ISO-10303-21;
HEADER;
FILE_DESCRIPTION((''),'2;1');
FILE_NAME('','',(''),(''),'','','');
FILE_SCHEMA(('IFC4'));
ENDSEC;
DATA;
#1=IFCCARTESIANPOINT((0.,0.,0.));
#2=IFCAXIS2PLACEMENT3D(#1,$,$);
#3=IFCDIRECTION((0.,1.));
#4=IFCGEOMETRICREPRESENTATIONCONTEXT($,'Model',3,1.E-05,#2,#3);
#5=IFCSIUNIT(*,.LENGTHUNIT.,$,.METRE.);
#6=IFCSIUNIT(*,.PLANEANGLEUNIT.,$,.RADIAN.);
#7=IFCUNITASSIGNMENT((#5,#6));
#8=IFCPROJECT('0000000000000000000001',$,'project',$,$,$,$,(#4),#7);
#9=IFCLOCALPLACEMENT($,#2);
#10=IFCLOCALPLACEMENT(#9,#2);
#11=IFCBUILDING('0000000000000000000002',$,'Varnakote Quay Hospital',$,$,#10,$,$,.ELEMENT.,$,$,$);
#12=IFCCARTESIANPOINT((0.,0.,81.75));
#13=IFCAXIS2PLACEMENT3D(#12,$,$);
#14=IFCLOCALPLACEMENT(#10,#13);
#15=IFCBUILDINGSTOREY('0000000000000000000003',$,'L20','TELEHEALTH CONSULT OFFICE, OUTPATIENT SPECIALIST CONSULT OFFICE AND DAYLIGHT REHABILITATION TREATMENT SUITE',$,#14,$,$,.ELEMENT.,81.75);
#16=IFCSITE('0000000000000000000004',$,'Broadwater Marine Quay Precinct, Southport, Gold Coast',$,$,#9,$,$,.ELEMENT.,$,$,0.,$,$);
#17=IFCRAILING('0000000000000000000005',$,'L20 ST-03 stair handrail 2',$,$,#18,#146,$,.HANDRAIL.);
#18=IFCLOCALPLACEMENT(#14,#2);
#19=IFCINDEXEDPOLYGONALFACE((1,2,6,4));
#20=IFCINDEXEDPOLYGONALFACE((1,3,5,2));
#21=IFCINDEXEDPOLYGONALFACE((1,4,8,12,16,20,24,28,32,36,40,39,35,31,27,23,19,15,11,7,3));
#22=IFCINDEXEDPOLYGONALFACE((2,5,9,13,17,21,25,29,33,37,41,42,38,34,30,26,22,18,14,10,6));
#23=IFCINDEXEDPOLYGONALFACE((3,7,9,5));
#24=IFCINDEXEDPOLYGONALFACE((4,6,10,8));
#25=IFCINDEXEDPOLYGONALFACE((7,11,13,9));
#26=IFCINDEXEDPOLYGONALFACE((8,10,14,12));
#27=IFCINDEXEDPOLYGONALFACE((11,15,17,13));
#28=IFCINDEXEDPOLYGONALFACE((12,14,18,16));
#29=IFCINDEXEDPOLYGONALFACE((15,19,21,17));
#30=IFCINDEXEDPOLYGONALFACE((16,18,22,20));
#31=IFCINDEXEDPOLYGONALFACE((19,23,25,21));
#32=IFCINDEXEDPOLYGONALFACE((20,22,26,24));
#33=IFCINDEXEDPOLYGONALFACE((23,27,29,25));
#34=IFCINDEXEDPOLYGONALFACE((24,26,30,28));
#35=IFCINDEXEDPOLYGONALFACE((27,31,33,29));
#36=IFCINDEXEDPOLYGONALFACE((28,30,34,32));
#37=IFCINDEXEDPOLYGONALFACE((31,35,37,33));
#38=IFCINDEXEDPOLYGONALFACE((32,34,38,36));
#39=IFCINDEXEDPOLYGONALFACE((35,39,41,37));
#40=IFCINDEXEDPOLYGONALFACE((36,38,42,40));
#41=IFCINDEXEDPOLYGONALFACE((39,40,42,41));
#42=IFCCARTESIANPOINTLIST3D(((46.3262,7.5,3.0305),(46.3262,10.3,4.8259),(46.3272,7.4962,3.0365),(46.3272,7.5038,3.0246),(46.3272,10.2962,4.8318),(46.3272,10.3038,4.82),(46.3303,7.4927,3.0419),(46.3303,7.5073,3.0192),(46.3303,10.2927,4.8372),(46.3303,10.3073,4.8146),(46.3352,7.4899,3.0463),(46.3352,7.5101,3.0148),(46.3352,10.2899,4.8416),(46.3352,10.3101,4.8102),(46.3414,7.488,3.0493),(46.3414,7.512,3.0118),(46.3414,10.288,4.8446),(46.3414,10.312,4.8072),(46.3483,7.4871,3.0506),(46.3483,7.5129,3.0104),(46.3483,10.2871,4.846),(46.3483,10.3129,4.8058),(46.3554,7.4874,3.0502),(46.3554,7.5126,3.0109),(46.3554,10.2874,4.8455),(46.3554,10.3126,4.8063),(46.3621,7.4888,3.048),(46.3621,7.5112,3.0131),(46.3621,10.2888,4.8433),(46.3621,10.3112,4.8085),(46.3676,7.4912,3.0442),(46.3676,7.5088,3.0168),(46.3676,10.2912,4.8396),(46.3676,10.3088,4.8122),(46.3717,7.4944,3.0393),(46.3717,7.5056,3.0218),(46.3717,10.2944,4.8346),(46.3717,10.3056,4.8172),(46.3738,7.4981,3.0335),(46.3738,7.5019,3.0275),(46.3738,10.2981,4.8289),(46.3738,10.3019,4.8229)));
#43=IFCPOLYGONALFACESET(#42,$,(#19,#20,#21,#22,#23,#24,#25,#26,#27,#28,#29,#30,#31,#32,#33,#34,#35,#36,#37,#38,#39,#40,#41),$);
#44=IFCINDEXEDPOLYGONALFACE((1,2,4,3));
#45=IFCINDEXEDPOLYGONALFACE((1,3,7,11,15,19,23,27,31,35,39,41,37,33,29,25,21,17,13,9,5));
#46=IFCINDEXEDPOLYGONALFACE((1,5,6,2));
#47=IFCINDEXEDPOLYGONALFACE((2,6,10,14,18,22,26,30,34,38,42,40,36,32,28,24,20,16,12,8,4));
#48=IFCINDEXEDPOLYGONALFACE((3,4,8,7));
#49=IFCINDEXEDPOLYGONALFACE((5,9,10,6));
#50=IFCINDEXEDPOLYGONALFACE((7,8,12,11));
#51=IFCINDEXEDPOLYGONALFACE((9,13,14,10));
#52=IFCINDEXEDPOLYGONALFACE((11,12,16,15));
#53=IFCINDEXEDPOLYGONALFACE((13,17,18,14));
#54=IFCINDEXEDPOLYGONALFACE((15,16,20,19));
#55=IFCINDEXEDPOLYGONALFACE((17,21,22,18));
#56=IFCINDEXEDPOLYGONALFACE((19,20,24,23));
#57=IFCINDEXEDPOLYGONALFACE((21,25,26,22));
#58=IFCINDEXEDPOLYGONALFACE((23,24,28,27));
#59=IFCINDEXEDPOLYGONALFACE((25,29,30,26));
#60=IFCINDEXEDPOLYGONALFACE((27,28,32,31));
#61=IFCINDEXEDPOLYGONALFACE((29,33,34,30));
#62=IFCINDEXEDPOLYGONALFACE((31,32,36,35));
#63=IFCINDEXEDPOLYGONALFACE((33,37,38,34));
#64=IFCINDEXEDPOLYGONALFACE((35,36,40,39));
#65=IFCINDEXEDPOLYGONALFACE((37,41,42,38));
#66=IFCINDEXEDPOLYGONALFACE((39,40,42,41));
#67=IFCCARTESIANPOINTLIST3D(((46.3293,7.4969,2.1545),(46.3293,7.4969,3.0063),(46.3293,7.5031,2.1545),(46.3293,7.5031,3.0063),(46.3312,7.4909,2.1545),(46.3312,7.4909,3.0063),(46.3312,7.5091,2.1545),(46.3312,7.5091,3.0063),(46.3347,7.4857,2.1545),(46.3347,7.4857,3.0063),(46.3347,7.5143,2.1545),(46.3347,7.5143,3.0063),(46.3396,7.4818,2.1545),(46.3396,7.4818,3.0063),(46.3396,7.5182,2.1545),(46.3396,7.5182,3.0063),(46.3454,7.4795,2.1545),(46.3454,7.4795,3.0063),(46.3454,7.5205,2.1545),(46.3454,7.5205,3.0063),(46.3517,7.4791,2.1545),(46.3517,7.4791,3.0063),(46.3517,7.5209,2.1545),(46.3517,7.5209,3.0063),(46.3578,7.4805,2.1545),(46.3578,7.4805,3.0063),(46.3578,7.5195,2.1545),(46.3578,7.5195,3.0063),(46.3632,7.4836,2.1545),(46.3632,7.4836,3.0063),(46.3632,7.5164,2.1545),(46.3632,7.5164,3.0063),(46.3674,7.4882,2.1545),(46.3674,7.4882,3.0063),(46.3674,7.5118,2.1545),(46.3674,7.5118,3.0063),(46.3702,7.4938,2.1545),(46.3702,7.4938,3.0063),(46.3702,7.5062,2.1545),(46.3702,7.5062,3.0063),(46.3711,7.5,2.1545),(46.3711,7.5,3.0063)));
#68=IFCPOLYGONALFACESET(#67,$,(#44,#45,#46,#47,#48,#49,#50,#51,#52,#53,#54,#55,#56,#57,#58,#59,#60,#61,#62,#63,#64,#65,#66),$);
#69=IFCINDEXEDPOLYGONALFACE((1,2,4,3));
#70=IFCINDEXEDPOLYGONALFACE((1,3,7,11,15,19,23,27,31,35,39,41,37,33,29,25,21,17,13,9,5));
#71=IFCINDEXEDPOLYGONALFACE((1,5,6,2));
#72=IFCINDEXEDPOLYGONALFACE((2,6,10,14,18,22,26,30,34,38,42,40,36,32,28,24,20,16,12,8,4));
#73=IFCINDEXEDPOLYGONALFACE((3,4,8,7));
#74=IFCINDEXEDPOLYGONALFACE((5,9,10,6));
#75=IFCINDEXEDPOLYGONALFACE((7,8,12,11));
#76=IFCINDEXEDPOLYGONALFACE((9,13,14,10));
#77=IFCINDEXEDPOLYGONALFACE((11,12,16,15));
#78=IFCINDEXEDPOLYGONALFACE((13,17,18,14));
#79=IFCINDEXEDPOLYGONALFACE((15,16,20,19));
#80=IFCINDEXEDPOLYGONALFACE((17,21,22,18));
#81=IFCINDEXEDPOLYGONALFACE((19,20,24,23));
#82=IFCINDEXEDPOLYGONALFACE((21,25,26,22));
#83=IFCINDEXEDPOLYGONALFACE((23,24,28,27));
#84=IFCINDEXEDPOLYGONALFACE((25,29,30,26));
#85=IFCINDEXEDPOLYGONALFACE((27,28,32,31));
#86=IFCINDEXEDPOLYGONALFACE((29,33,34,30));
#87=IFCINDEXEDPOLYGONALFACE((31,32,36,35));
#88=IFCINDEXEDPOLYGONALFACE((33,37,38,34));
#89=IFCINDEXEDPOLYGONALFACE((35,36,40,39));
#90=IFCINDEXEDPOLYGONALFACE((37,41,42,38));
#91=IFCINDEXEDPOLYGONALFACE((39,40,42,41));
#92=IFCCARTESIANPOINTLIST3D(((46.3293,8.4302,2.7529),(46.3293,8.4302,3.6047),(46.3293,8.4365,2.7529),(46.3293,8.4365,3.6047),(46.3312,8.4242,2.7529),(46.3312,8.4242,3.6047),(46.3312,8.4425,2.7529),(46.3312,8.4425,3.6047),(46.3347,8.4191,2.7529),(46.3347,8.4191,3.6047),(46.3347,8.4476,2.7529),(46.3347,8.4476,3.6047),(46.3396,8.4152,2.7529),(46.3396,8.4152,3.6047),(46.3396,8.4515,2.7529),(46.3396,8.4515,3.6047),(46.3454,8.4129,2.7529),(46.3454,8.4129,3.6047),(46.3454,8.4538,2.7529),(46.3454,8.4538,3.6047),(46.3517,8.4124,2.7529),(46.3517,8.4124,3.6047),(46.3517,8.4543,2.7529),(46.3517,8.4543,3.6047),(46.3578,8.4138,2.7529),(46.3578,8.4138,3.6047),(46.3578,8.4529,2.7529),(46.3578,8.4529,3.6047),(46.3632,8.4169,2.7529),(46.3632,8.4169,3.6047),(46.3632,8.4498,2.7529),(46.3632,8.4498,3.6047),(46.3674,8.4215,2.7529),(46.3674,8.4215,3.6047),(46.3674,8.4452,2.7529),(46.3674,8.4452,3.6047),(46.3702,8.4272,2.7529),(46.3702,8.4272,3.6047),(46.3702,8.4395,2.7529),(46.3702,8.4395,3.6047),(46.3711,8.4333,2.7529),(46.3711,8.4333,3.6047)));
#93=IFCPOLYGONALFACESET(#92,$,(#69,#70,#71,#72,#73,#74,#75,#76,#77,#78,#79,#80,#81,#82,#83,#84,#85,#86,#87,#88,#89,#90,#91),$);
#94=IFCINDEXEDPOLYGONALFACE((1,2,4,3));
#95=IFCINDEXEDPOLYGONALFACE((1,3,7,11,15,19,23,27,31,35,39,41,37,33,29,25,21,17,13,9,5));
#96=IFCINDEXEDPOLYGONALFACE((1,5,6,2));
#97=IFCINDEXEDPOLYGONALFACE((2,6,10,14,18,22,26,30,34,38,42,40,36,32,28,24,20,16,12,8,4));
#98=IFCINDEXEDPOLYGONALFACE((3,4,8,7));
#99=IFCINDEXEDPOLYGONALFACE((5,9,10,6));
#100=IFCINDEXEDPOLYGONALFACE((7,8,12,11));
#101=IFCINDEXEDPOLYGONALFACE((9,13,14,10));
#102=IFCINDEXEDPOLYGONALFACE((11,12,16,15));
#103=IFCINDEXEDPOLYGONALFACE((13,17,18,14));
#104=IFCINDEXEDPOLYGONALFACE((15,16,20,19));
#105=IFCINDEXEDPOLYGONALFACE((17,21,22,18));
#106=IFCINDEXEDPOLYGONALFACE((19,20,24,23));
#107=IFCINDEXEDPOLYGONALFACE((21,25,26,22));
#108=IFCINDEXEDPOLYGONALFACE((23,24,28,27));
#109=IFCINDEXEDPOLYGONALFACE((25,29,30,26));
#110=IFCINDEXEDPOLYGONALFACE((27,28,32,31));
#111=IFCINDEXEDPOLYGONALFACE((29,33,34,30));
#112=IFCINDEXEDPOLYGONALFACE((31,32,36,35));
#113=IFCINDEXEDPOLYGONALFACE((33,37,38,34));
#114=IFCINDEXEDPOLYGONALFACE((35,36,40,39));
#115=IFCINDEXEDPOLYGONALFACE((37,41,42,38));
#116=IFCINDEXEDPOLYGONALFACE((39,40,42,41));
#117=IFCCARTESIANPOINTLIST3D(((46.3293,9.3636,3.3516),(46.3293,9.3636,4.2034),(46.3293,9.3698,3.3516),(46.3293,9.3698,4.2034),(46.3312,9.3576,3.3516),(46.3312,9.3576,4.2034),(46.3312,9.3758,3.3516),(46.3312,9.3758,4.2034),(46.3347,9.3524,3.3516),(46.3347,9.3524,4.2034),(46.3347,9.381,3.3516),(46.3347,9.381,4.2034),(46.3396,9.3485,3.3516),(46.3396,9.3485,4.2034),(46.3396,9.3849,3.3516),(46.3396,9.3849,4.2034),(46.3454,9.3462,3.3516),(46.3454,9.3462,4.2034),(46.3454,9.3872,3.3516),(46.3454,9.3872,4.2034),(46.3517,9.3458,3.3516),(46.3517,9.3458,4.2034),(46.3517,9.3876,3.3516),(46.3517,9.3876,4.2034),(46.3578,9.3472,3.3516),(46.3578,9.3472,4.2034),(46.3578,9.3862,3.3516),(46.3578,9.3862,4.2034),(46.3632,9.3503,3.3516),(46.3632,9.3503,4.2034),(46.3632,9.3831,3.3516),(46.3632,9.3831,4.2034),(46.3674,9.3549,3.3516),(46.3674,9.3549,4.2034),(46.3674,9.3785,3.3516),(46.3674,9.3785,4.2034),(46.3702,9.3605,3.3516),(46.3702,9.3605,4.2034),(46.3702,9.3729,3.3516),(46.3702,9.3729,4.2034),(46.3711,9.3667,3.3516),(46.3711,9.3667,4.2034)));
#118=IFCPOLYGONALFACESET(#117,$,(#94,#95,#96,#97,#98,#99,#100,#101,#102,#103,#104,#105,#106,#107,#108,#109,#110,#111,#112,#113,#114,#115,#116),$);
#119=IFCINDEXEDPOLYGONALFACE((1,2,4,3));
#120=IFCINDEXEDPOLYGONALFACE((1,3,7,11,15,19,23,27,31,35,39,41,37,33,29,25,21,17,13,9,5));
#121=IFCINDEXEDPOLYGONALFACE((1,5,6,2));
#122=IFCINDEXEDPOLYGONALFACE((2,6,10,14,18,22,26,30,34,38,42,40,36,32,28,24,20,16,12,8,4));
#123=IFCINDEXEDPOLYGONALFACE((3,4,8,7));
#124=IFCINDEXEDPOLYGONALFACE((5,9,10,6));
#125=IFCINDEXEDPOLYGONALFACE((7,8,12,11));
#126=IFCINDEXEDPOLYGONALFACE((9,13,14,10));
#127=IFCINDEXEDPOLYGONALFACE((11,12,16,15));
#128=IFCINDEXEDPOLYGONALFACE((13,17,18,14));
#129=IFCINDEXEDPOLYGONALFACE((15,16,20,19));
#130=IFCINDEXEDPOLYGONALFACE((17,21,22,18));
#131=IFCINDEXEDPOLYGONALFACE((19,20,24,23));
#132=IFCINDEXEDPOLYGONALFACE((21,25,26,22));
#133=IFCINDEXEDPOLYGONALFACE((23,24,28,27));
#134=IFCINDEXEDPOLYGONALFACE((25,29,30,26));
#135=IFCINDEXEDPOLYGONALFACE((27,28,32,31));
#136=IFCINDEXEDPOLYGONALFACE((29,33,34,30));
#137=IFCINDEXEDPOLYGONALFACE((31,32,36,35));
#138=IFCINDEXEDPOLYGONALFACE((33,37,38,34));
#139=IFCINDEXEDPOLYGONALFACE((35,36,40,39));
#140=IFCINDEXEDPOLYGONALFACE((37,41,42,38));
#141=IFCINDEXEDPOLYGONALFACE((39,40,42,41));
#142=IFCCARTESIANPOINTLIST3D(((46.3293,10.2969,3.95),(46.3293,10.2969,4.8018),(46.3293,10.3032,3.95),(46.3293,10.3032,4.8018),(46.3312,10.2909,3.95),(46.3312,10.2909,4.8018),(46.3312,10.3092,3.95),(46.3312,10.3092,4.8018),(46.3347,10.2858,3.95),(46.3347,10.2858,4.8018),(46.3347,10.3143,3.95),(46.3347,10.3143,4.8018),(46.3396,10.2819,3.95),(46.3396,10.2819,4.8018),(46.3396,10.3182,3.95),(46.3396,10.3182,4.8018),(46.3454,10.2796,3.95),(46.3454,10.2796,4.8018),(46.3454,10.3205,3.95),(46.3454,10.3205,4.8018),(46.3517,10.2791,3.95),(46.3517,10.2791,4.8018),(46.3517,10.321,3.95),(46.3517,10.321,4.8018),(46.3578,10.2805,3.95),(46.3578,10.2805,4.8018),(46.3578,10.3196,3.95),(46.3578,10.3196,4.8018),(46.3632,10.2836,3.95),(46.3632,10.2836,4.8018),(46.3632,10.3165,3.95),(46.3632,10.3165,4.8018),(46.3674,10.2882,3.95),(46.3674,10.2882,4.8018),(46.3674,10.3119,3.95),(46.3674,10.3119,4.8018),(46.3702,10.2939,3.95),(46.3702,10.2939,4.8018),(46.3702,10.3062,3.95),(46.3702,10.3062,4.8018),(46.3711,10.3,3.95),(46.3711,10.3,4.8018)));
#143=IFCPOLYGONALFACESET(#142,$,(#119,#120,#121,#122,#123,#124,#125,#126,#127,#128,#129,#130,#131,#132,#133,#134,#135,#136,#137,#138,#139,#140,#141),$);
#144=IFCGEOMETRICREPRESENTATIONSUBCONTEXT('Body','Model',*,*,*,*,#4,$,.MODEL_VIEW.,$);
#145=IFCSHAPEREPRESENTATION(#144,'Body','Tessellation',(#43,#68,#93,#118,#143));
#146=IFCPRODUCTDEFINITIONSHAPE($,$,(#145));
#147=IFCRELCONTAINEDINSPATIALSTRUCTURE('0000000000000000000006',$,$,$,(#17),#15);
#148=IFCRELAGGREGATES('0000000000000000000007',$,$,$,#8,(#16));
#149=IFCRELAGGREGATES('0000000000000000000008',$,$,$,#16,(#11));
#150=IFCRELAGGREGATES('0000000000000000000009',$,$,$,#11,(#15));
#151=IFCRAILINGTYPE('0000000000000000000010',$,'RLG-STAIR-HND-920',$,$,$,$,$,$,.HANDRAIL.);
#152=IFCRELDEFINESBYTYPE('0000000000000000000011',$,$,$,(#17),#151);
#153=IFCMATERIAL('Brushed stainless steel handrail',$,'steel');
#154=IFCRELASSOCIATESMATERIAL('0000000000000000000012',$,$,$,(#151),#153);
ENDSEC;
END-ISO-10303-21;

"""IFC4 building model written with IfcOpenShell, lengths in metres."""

from ifc_helpers import new_model, si_unit, direction, frame, origin, origin_2d, place, context, subcontext, project, spatial, circle, extrude, material, type_object, element, save


model = new_model("IFC4")

# Units and contexts
model_context = context("Model", 3, precision=1e-05, world=origin(), true_north=direction((0.0, 1.0)))
body_context = subcontext(model_context, "Body", "Model", "MODEL_VIEW")
ifc_project = project(units=[si_unit("LENGTHUNIT", "METRE"), si_unit("PLANEANGLEUNIT", "RADIAN")], contexts=[model_context])

# Site, building, storey
site_placement = place(None, origin())
site = spatial("IfcSite", under=ifc_project, at=site_placement, Name="Broadwater Marine Quay Precinct, Southport, Gold Coast", CompositionType="ELEMENT", RefElevation=0.0)
building_placement = place(site_placement, origin())
building = spatial("IfcBuilding", under=site, at=building_placement, Name="Varnakote Quay Hospital", CompositionType="ELEMENT")
storey_placement = place(building_placement, frame((0.0, 0.0, 81.75)))
storey = spatial("IfcBuildingStorey", under=building, at=storey_placement, Name="L20", Description="TELEHEALTH CONSULT OFFICE, OUTPATIENT SPECIALIST CONSULT OFFICE AND DAYLIGHT REHABILITATION TREATMENT SUITE", CompositionType="ELEMENT", Elevation=81.75)

# Railing
ifc_material_1 = material(Name="Brushed stainless steel handrail", Category="steel")
railing_type_1 = type_object("IfcRailingType", Name="RLG-STAIR-HND-920", PredefinedType="HANDRAIL", material=ifc_material_1)
railing_1_placement = place(storey_placement, frame((46.3501, 7.5, 2.1545)))
element("IfcRailing", 1, at=railing_1_placement, inside=storey, type_object=railing_type_1, Name="L20 ST-03 stair handrail 2", PredefinedType="HANDRAIL", context=body_context, shape_type="SweptSolid", body=[
    extrude(circle(Radius=0.0239, at=origin_2d()), frame((0.0, 0.0, 0.876), z_axis=(0.0, 0.84181, 0.539774), x_axis=(-1.0, 0.0, 0.0)), (0.0, 0.0, 1.0), 3.3262),
    extrude(circle(Radius=0.021, at=origin_2d()), origin(), (0.0, 0.0, 1.0), 0.8518),
    extrude(circle(Radius=0.021, at=origin_2d()), frame((0.0, 0.9333, 0.5984)), (0.0, 0.0, 1.0), 0.8518),
    extrude(circle(Radius=0.021, at=origin_2d()), frame((0.0, 1.8667, 1.197)), (0.0, 0.0, 1.0), 0.8518),
    extrude(circle(Radius=0.021, at=origin_2d()), frame((0.0, 2.8, 1.7954)), (0.0, 0.0, 1.0), 0.8518),
])

save(model, "model.ifc")
